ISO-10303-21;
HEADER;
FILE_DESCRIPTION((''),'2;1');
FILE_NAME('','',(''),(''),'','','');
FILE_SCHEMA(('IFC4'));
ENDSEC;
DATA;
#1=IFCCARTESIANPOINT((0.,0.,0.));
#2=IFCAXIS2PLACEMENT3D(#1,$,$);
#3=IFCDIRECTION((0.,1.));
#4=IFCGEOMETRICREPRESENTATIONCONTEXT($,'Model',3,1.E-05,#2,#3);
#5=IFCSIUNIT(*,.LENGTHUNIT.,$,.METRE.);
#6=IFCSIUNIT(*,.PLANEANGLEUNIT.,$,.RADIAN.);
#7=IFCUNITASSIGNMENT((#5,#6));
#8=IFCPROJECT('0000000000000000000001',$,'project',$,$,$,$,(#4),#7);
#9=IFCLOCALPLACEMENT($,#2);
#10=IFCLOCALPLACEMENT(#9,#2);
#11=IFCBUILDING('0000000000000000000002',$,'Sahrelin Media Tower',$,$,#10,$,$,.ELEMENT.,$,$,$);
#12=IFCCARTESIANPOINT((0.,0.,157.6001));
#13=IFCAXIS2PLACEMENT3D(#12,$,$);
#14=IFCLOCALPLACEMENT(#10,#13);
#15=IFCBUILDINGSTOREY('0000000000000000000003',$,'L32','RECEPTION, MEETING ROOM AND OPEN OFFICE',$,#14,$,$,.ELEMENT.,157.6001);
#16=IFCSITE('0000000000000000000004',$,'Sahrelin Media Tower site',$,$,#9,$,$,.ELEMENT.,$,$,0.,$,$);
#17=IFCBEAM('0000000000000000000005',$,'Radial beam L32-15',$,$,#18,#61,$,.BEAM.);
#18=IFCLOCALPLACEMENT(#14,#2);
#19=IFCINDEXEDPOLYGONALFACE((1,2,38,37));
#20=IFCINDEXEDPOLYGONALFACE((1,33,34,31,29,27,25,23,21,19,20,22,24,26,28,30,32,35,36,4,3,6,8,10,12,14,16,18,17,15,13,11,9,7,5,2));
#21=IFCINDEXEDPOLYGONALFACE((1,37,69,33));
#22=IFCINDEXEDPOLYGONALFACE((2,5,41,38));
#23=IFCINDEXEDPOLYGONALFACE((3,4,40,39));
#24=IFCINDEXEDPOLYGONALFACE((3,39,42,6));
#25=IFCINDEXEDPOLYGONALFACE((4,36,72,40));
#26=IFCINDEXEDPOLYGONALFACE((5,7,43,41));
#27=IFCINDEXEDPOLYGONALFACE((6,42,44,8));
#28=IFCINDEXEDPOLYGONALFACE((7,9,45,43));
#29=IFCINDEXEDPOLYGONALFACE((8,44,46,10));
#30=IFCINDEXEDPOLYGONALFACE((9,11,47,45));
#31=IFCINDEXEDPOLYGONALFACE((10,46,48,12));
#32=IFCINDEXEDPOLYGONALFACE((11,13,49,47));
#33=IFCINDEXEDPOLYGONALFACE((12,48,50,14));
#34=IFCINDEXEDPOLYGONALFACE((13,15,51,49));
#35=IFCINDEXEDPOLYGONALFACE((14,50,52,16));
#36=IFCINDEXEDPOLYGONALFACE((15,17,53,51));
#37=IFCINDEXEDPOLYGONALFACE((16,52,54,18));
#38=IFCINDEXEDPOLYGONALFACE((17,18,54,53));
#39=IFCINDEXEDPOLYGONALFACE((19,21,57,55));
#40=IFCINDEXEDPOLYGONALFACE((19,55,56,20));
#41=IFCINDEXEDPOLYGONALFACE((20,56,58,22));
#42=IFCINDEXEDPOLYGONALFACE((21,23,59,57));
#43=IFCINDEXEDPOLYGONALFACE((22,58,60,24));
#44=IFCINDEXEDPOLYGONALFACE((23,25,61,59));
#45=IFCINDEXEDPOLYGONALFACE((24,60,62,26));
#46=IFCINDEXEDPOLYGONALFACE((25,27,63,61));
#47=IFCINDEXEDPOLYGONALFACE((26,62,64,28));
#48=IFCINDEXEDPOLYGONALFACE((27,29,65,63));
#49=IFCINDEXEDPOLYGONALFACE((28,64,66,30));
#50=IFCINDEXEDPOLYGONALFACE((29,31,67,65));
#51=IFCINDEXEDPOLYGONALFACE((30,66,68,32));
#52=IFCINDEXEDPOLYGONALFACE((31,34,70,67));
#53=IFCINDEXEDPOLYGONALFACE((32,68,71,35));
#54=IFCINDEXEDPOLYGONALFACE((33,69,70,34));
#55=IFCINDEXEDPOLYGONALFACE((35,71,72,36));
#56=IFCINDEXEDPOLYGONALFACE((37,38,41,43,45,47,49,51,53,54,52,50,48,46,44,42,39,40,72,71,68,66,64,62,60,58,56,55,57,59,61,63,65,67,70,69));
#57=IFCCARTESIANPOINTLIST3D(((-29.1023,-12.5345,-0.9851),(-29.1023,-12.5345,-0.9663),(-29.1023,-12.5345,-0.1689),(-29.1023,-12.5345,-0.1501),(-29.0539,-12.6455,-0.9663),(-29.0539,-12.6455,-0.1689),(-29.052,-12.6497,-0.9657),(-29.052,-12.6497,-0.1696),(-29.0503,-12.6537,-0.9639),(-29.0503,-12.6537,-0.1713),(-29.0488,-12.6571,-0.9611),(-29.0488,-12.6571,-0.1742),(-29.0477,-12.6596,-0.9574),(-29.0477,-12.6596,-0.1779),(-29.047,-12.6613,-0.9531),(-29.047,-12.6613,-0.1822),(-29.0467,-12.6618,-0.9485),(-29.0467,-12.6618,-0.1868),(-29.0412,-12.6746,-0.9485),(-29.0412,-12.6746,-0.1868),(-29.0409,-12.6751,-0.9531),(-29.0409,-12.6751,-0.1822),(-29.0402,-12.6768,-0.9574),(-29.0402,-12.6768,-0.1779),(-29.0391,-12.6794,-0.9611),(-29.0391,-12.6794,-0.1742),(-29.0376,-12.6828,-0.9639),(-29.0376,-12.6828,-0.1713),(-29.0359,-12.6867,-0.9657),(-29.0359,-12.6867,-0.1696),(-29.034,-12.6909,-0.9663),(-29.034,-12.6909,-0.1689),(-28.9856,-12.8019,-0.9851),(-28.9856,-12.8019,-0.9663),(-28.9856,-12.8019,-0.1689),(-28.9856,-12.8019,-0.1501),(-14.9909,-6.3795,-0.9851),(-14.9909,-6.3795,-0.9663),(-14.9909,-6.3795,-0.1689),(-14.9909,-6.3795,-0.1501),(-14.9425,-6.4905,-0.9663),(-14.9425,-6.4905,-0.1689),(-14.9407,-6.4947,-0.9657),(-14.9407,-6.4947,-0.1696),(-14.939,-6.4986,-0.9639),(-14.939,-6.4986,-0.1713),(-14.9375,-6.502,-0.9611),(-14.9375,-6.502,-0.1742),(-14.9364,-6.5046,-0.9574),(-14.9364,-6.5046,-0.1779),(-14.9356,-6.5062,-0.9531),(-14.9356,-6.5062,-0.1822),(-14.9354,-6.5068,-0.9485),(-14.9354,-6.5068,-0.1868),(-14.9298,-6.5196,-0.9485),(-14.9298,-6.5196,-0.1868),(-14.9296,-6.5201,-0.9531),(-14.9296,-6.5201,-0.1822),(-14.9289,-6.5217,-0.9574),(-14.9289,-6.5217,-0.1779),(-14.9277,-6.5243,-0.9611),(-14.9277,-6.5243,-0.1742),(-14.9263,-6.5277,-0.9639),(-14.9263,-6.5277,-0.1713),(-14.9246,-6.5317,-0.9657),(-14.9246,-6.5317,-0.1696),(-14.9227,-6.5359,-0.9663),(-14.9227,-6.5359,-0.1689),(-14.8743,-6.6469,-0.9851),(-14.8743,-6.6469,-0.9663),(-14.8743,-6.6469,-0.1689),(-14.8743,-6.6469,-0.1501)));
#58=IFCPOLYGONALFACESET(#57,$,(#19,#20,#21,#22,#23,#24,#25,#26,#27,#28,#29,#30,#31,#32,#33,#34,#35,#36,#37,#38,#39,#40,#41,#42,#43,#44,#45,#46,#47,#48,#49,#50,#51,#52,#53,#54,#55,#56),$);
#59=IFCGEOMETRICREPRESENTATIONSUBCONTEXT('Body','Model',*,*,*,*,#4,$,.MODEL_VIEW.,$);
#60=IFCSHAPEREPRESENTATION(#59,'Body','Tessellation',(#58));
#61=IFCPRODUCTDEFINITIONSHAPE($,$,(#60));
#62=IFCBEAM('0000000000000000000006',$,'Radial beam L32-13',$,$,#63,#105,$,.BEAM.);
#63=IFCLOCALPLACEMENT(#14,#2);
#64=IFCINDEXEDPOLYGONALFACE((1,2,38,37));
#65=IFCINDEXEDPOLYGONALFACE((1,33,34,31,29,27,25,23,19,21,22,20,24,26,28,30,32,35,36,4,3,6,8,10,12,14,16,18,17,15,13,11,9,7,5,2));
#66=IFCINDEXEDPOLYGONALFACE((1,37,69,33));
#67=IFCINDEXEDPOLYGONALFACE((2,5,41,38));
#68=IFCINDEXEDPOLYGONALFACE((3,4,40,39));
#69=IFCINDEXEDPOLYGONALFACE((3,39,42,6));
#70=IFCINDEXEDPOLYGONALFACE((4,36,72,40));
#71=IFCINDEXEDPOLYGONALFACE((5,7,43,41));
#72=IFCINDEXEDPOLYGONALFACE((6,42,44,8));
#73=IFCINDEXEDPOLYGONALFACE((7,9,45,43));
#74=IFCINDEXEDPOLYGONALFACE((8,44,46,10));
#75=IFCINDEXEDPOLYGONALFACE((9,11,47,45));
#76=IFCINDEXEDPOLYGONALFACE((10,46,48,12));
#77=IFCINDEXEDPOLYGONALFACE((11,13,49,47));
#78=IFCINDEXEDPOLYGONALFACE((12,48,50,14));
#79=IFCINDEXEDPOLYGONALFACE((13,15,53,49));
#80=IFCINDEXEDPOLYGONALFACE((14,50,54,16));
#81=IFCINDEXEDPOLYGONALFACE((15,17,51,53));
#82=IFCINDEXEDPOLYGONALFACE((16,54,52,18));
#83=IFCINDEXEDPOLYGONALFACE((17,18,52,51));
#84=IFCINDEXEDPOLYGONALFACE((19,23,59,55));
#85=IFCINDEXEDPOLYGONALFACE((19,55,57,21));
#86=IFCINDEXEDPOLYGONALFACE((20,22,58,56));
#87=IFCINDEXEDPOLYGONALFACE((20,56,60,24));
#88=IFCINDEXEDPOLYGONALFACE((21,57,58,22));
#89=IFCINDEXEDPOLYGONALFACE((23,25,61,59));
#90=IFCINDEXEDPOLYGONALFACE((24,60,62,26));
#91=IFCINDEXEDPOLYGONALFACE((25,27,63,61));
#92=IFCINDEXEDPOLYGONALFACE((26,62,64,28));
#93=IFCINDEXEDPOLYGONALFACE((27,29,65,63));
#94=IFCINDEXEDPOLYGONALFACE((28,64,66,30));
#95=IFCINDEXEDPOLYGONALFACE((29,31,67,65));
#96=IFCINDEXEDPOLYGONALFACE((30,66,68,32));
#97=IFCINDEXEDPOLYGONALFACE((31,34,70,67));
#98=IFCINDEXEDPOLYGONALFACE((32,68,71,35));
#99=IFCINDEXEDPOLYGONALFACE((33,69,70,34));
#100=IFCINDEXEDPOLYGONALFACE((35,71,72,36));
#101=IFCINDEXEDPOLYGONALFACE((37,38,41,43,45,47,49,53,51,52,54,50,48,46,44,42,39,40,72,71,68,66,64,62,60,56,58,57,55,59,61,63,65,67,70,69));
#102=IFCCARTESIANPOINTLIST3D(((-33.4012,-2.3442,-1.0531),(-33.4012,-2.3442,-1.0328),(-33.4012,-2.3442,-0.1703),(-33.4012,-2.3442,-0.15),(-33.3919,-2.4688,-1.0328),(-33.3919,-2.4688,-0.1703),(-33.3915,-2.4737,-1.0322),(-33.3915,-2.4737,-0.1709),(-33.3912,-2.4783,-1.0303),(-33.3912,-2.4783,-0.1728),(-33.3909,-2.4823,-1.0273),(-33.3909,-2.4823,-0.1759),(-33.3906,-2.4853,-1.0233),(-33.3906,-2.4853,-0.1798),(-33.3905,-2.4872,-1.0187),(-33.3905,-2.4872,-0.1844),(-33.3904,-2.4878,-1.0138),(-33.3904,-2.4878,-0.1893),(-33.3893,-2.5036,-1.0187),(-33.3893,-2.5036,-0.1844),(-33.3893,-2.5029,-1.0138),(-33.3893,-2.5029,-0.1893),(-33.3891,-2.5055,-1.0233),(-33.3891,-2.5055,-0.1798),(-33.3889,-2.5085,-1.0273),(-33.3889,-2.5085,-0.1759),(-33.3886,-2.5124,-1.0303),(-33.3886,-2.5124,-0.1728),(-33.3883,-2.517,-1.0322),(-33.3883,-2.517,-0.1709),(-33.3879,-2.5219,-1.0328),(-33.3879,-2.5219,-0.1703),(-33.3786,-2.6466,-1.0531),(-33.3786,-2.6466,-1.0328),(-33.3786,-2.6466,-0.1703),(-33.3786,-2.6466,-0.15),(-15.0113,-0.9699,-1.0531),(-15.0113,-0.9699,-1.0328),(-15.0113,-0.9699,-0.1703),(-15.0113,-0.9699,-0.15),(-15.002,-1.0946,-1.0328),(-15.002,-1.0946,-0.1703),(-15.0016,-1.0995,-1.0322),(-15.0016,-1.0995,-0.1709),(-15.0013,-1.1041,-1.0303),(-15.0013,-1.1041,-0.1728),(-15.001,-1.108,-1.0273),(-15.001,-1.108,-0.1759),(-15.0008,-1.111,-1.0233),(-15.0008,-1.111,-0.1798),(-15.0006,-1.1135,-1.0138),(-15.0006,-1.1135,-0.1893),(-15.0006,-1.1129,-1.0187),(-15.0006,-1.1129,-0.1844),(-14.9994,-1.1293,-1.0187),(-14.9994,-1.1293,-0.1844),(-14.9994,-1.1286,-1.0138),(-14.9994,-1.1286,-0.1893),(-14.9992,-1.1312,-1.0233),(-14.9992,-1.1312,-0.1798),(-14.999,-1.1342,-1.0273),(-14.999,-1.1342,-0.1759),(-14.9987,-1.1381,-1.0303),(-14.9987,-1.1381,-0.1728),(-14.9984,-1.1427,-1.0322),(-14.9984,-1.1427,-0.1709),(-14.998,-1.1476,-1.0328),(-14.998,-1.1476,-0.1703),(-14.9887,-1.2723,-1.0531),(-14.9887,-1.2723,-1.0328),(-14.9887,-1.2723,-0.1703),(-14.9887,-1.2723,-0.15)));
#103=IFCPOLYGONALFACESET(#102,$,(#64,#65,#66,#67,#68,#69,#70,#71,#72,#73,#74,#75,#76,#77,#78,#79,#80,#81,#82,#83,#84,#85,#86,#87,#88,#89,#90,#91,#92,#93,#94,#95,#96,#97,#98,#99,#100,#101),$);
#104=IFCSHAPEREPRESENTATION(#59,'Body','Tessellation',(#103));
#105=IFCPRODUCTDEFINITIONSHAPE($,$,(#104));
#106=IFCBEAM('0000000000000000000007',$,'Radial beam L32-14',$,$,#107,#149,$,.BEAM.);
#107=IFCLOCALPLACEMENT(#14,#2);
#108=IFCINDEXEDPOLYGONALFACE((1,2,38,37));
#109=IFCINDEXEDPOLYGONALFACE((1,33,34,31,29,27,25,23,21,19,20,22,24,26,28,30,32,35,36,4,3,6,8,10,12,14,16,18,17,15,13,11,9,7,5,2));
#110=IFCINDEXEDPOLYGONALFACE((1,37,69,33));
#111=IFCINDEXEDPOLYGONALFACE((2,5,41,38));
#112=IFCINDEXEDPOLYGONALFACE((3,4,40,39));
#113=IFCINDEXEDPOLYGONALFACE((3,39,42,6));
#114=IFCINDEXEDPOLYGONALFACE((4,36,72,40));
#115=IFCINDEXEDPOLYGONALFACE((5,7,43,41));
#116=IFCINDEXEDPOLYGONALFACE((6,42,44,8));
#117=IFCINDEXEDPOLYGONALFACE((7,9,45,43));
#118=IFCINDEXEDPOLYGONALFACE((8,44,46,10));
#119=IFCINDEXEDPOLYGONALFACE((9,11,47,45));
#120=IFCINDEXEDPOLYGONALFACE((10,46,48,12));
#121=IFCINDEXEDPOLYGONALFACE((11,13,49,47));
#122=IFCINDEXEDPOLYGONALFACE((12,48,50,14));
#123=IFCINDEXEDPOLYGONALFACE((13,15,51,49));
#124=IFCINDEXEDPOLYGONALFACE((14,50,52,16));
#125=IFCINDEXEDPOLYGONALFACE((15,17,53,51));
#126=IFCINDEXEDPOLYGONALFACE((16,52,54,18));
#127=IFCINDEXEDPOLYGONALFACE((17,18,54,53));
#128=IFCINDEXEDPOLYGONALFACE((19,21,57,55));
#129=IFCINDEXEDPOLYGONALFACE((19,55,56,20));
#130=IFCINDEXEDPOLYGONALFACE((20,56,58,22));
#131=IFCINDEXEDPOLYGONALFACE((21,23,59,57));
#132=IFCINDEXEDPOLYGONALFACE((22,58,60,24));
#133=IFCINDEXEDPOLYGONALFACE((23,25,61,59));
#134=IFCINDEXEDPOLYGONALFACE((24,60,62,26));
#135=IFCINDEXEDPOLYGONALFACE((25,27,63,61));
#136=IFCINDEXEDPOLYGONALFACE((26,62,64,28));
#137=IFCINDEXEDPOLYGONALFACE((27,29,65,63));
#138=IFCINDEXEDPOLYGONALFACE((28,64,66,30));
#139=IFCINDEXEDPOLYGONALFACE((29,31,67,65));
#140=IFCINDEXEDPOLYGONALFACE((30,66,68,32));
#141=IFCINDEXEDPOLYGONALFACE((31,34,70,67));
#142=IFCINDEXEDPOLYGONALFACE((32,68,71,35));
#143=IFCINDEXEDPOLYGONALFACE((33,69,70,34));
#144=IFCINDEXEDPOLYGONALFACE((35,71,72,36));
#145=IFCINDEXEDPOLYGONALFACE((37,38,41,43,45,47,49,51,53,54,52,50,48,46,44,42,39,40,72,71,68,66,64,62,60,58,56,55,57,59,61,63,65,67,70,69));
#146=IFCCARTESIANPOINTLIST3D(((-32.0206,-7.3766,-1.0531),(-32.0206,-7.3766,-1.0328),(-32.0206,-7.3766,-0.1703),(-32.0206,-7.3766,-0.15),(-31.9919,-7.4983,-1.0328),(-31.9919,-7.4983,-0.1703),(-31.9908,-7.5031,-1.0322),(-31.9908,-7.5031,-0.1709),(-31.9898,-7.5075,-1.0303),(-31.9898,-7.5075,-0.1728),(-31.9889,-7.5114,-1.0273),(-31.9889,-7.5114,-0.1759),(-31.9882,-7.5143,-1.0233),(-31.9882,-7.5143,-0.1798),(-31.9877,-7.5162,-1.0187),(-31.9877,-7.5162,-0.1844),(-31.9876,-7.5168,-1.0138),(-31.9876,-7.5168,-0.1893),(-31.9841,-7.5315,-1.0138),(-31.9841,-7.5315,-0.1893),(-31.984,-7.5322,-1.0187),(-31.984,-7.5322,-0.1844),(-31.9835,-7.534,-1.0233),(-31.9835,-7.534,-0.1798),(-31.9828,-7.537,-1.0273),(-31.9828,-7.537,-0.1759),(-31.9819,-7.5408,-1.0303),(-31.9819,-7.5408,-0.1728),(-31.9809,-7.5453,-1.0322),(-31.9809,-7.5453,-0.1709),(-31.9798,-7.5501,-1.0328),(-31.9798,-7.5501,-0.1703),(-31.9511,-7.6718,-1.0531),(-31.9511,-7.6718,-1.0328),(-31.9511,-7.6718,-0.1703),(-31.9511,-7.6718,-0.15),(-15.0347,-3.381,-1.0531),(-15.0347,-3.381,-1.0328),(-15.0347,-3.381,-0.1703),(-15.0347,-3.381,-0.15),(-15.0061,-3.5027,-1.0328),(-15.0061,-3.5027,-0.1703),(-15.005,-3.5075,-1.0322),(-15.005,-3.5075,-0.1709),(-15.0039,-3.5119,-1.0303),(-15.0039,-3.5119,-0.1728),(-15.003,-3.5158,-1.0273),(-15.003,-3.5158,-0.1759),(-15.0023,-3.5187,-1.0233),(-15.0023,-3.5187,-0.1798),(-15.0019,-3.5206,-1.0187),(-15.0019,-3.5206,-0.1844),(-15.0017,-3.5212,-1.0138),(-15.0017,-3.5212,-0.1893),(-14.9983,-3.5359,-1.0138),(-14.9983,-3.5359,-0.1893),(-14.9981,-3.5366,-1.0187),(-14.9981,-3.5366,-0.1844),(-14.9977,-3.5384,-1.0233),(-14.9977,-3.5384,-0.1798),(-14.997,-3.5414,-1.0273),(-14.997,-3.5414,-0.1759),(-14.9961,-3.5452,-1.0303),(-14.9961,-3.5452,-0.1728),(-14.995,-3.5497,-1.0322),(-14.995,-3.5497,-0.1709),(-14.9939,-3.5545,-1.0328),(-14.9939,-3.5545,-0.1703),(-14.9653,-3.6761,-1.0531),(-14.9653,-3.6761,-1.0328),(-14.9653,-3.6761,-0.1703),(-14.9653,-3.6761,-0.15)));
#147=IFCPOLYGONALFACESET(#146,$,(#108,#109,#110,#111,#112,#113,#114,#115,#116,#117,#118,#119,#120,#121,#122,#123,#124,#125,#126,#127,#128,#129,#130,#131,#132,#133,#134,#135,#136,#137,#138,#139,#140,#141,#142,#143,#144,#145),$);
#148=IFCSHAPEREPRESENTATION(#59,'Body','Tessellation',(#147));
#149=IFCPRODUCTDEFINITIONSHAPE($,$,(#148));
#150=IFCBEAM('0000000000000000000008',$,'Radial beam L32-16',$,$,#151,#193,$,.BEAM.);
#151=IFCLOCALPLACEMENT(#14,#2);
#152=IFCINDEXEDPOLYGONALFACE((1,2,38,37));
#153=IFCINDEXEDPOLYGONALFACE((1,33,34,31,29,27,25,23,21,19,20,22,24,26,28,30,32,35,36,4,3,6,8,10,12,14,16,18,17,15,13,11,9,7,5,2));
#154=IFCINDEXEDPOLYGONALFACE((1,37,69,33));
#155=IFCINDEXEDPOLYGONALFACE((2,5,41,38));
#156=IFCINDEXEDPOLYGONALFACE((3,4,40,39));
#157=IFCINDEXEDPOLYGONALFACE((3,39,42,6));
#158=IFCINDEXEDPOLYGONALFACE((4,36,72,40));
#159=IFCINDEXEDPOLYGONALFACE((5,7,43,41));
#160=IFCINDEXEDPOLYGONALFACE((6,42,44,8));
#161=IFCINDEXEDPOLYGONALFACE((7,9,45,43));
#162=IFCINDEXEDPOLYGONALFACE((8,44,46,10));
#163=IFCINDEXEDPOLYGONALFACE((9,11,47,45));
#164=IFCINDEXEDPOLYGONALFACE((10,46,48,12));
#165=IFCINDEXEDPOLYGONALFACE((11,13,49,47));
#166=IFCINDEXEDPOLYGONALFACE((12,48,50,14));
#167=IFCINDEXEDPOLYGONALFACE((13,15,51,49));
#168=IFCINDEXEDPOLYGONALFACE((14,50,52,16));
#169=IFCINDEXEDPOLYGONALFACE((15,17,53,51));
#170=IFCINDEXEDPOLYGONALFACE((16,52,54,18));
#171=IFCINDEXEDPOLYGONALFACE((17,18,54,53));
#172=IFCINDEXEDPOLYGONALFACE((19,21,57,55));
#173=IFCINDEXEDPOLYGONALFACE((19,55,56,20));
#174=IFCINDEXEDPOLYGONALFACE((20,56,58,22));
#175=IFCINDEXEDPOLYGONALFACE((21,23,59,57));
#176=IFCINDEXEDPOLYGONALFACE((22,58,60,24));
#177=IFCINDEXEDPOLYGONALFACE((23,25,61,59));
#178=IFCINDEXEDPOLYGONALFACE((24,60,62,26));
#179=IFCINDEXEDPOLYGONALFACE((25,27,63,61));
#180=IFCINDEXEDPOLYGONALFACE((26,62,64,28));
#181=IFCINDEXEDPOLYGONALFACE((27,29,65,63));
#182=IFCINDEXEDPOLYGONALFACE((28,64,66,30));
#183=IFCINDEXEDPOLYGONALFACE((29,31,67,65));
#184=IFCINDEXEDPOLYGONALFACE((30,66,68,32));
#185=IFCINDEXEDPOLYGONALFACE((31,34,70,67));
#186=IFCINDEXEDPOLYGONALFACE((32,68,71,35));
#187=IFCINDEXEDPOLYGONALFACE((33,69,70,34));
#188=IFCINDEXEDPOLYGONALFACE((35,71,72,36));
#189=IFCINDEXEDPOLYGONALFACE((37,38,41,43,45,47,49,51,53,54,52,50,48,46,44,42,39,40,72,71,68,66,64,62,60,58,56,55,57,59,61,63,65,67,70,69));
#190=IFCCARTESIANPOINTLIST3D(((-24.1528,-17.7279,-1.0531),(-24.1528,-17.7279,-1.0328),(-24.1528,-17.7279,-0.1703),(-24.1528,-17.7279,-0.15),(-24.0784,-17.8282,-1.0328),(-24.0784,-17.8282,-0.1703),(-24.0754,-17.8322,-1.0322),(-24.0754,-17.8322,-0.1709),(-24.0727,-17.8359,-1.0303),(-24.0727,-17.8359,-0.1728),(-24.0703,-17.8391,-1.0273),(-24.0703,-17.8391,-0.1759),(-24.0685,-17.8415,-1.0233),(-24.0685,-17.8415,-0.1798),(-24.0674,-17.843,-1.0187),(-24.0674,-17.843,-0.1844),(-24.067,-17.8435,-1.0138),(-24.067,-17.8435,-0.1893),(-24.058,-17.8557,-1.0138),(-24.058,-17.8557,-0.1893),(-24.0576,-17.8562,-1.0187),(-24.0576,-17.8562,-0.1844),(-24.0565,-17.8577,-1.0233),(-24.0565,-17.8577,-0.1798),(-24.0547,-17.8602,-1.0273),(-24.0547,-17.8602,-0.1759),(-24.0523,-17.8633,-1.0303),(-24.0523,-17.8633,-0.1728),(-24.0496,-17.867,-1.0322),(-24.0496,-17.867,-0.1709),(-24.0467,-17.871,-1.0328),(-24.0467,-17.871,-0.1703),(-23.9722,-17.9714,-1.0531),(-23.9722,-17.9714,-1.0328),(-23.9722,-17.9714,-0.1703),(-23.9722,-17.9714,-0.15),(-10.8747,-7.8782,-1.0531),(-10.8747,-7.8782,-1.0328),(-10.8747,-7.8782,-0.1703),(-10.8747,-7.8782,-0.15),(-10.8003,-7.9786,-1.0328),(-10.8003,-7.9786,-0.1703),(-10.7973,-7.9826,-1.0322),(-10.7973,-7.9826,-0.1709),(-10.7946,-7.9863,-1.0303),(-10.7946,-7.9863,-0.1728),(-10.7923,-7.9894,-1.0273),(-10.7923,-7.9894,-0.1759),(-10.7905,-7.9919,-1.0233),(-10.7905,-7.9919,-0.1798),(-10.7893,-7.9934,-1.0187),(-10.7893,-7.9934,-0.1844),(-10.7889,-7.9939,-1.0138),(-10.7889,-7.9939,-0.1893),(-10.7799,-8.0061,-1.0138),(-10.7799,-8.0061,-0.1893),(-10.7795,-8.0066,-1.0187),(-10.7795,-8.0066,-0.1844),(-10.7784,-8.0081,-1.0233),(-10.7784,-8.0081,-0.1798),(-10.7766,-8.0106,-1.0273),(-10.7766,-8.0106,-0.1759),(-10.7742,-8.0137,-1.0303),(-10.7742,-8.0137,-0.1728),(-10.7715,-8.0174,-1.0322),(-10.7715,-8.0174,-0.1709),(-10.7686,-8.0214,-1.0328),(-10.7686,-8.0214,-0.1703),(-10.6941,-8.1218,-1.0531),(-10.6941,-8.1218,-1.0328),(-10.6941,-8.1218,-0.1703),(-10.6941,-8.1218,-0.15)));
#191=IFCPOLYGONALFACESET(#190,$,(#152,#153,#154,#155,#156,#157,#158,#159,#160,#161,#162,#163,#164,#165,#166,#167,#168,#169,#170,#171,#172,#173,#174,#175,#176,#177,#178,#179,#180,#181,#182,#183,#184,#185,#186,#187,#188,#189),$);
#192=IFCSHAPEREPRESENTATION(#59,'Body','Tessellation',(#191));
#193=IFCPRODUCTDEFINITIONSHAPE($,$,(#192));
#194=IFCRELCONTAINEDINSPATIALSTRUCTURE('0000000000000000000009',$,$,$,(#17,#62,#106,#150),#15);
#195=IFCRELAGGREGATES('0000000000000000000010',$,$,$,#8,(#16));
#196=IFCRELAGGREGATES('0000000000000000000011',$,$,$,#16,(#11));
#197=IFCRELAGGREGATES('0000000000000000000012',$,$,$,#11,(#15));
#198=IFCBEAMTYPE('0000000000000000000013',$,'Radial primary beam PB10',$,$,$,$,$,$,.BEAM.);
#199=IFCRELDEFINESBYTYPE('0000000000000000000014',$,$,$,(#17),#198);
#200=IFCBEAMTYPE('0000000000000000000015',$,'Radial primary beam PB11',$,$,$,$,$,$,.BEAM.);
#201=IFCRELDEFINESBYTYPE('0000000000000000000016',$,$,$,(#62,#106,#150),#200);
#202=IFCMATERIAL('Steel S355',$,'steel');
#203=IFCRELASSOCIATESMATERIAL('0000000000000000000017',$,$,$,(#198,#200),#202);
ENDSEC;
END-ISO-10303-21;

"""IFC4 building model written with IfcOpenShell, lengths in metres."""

from ifc_helpers import new_model, si_unit, direction, frame, origin, origin_2d, place, context, subcontext, project, spatial, i_section, extrude, material, material_profile, profile_set, type_object, element, save


model = new_model("IFC4")

# Units and contexts
model_context = context("Model", 3, precision=1e-05, world=origin(), true_north=direction((0.0, 1.0)))
body_context = subcontext(model_context, "Body", "Model", "MODEL_VIEW")
ifc_project = project(units=[si_unit("LENGTHUNIT", "METRE"), si_unit("PLANEANGLEUNIT", "RADIAN")], contexts=[model_context])

# Site, building, storey
site_placement = place(None, origin())
site = spatial("IfcSite", under=ifc_project, at=site_placement, Name="Sahrelin Media Tower site", CompositionType="ELEMENT", RefElevation=0.0)
building_placement = place(site_placement, origin())
building = spatial("IfcBuilding", under=site, at=building_placement, Name="Sahrelin Media Tower", CompositionType="ELEMENT")
storey_placement = place(building_placement, frame((0.0, 0.0, 157.6001)))
storey = spatial("IfcBuildingStorey", under=building, at=storey_placement, Name="L32", Description="RECEPTION, MEETING ROOM AND OPEN OFFICE", CompositionType="ELEMENT", Elevation=157.6001)

# Beams
ifc_material_1 = material(Name="Steel S355", Category="steel")
ifc_material_profile_1 = material_profile(ifc_material_1, i_section(OverallWidth=0.2917, OverallDepth=0.835, WebThickness=0.0139, FlangeThickness=0.0188, FilletRadius=0.0178, at=origin_2d()), Name="UB 838x292x176")
ifc_profile_set_1 = profile_set([ifc_material_profile_1], Name="Steel S355")
beam_type_1 = type_object("IfcBeamType", Name="Radial primary beam PB10", PredefinedType="BEAM", material=ifc_profile_set_1)
beam_1_placement = place(storey_placement, frame((-14.9326, -6.5132, -0.5676), z_axis=(-0.916602, -0.3998, 0.0), x_axis=(0.3998, -0.916602, 0.0)))
element("IfcBeam", 1, at=beam_1_placement, inside=storey, type_object=beam_type_1, Name="Radial beam L32-15", PredefinedType="BEAM", context=body_context, shape_type="SweptSolid", body=[
    extrude(i_section(OverallWidth=0.2917, OverallDepth=0.835, WebThickness=0.0139, FlangeThickness=0.0188, FilletRadius=0.0178, at=origin_2d()), origin(), (0.0, 0.0, 1.0), 15.3953),
])
ifc_material_profile_2 = material_profile(ifc_material_1, i_section(OverallWidth=0.3032, OverallDepth=0.9031, WebThickness=0.0151, FlangeThickness=0.0203, FilletRadius=0.019, at=origin_2d()), Name="UB 914x305x201")
ifc_profile_set_2 = profile_set([ifc_material_profile_2], Name="Steel S355")
beam_type_2 = type_object("IfcBeamType", Name="Radial primary beam PB11", PredefinedType="BEAM", material=ifc_profile_set_2)
beam_2_placement = place(storey_placement, frame((-15.0, -1.1211, -0.6016), z_axis=(-0.997219, -0.074522, 0.0), x_axis=(0.074522, -0.997219, 0.0)))
element("IfcBeam", 2, at=beam_2_placement, inside=storey, type_object=beam_type_2, Name="Radial beam L32-13", PredefinedType="BEAM", context=body_context, shape_type="SweptSolid", body=[
    extrude(i_section(OverallWidth=0.3032, OverallDepth=0.9031, WebThickness=0.0151, FlangeThickness=0.0203, FilletRadius=0.019, at=origin_2d()), origin(), (0.0, 0.0, 1.0), 18.4412),
])
beam_3_placement = place(storey_placement, frame((-15.0, -3.5286, -0.6016), z_axis=(-0.973431, -0.228982, 0.0), x_axis=(0.228982, -0.973431, 0.0)))
element("IfcBeam", 3, at=beam_3_placement, inside=storey, type_object=beam_type_2, Name="Radial beam L32-14", PredefinedType="BEAM", context=body_context, shape_type="SweptSolid", body=[
    extrude(i_section(OverallWidth=0.3032, OverallDepth=0.9031, WebThickness=0.0151, FlangeThickness=0.0203, FilletRadius=0.019, at=origin_2d()), origin(), (0.0, 0.0, 1.0), 17.4495),
])
beam_4_placement = place(storey_placement, frame((-10.7844, -8.0, -0.6016), z_axis=(-0.803152, -0.595774, 0.0), x_axis=(0.595774, -0.803152, 0.0)))
element("IfcBeam", 4, at=beam_4_placement, inside=storey, type_object=beam_type_2, Name="Radial beam L32-16", PredefinedType="BEAM", context=body_context, shape_type="SweptSolid", body=[
    extrude(i_section(OverallWidth=0.3032, OverallDepth=0.9031, WebThickness=0.0151, FlangeThickness=0.0203, FilletRadius=0.019, at=origin_2d()), origin(), (0.0, 0.0, 1.0), 16.5325),
])

save(model, "model.ifc")
